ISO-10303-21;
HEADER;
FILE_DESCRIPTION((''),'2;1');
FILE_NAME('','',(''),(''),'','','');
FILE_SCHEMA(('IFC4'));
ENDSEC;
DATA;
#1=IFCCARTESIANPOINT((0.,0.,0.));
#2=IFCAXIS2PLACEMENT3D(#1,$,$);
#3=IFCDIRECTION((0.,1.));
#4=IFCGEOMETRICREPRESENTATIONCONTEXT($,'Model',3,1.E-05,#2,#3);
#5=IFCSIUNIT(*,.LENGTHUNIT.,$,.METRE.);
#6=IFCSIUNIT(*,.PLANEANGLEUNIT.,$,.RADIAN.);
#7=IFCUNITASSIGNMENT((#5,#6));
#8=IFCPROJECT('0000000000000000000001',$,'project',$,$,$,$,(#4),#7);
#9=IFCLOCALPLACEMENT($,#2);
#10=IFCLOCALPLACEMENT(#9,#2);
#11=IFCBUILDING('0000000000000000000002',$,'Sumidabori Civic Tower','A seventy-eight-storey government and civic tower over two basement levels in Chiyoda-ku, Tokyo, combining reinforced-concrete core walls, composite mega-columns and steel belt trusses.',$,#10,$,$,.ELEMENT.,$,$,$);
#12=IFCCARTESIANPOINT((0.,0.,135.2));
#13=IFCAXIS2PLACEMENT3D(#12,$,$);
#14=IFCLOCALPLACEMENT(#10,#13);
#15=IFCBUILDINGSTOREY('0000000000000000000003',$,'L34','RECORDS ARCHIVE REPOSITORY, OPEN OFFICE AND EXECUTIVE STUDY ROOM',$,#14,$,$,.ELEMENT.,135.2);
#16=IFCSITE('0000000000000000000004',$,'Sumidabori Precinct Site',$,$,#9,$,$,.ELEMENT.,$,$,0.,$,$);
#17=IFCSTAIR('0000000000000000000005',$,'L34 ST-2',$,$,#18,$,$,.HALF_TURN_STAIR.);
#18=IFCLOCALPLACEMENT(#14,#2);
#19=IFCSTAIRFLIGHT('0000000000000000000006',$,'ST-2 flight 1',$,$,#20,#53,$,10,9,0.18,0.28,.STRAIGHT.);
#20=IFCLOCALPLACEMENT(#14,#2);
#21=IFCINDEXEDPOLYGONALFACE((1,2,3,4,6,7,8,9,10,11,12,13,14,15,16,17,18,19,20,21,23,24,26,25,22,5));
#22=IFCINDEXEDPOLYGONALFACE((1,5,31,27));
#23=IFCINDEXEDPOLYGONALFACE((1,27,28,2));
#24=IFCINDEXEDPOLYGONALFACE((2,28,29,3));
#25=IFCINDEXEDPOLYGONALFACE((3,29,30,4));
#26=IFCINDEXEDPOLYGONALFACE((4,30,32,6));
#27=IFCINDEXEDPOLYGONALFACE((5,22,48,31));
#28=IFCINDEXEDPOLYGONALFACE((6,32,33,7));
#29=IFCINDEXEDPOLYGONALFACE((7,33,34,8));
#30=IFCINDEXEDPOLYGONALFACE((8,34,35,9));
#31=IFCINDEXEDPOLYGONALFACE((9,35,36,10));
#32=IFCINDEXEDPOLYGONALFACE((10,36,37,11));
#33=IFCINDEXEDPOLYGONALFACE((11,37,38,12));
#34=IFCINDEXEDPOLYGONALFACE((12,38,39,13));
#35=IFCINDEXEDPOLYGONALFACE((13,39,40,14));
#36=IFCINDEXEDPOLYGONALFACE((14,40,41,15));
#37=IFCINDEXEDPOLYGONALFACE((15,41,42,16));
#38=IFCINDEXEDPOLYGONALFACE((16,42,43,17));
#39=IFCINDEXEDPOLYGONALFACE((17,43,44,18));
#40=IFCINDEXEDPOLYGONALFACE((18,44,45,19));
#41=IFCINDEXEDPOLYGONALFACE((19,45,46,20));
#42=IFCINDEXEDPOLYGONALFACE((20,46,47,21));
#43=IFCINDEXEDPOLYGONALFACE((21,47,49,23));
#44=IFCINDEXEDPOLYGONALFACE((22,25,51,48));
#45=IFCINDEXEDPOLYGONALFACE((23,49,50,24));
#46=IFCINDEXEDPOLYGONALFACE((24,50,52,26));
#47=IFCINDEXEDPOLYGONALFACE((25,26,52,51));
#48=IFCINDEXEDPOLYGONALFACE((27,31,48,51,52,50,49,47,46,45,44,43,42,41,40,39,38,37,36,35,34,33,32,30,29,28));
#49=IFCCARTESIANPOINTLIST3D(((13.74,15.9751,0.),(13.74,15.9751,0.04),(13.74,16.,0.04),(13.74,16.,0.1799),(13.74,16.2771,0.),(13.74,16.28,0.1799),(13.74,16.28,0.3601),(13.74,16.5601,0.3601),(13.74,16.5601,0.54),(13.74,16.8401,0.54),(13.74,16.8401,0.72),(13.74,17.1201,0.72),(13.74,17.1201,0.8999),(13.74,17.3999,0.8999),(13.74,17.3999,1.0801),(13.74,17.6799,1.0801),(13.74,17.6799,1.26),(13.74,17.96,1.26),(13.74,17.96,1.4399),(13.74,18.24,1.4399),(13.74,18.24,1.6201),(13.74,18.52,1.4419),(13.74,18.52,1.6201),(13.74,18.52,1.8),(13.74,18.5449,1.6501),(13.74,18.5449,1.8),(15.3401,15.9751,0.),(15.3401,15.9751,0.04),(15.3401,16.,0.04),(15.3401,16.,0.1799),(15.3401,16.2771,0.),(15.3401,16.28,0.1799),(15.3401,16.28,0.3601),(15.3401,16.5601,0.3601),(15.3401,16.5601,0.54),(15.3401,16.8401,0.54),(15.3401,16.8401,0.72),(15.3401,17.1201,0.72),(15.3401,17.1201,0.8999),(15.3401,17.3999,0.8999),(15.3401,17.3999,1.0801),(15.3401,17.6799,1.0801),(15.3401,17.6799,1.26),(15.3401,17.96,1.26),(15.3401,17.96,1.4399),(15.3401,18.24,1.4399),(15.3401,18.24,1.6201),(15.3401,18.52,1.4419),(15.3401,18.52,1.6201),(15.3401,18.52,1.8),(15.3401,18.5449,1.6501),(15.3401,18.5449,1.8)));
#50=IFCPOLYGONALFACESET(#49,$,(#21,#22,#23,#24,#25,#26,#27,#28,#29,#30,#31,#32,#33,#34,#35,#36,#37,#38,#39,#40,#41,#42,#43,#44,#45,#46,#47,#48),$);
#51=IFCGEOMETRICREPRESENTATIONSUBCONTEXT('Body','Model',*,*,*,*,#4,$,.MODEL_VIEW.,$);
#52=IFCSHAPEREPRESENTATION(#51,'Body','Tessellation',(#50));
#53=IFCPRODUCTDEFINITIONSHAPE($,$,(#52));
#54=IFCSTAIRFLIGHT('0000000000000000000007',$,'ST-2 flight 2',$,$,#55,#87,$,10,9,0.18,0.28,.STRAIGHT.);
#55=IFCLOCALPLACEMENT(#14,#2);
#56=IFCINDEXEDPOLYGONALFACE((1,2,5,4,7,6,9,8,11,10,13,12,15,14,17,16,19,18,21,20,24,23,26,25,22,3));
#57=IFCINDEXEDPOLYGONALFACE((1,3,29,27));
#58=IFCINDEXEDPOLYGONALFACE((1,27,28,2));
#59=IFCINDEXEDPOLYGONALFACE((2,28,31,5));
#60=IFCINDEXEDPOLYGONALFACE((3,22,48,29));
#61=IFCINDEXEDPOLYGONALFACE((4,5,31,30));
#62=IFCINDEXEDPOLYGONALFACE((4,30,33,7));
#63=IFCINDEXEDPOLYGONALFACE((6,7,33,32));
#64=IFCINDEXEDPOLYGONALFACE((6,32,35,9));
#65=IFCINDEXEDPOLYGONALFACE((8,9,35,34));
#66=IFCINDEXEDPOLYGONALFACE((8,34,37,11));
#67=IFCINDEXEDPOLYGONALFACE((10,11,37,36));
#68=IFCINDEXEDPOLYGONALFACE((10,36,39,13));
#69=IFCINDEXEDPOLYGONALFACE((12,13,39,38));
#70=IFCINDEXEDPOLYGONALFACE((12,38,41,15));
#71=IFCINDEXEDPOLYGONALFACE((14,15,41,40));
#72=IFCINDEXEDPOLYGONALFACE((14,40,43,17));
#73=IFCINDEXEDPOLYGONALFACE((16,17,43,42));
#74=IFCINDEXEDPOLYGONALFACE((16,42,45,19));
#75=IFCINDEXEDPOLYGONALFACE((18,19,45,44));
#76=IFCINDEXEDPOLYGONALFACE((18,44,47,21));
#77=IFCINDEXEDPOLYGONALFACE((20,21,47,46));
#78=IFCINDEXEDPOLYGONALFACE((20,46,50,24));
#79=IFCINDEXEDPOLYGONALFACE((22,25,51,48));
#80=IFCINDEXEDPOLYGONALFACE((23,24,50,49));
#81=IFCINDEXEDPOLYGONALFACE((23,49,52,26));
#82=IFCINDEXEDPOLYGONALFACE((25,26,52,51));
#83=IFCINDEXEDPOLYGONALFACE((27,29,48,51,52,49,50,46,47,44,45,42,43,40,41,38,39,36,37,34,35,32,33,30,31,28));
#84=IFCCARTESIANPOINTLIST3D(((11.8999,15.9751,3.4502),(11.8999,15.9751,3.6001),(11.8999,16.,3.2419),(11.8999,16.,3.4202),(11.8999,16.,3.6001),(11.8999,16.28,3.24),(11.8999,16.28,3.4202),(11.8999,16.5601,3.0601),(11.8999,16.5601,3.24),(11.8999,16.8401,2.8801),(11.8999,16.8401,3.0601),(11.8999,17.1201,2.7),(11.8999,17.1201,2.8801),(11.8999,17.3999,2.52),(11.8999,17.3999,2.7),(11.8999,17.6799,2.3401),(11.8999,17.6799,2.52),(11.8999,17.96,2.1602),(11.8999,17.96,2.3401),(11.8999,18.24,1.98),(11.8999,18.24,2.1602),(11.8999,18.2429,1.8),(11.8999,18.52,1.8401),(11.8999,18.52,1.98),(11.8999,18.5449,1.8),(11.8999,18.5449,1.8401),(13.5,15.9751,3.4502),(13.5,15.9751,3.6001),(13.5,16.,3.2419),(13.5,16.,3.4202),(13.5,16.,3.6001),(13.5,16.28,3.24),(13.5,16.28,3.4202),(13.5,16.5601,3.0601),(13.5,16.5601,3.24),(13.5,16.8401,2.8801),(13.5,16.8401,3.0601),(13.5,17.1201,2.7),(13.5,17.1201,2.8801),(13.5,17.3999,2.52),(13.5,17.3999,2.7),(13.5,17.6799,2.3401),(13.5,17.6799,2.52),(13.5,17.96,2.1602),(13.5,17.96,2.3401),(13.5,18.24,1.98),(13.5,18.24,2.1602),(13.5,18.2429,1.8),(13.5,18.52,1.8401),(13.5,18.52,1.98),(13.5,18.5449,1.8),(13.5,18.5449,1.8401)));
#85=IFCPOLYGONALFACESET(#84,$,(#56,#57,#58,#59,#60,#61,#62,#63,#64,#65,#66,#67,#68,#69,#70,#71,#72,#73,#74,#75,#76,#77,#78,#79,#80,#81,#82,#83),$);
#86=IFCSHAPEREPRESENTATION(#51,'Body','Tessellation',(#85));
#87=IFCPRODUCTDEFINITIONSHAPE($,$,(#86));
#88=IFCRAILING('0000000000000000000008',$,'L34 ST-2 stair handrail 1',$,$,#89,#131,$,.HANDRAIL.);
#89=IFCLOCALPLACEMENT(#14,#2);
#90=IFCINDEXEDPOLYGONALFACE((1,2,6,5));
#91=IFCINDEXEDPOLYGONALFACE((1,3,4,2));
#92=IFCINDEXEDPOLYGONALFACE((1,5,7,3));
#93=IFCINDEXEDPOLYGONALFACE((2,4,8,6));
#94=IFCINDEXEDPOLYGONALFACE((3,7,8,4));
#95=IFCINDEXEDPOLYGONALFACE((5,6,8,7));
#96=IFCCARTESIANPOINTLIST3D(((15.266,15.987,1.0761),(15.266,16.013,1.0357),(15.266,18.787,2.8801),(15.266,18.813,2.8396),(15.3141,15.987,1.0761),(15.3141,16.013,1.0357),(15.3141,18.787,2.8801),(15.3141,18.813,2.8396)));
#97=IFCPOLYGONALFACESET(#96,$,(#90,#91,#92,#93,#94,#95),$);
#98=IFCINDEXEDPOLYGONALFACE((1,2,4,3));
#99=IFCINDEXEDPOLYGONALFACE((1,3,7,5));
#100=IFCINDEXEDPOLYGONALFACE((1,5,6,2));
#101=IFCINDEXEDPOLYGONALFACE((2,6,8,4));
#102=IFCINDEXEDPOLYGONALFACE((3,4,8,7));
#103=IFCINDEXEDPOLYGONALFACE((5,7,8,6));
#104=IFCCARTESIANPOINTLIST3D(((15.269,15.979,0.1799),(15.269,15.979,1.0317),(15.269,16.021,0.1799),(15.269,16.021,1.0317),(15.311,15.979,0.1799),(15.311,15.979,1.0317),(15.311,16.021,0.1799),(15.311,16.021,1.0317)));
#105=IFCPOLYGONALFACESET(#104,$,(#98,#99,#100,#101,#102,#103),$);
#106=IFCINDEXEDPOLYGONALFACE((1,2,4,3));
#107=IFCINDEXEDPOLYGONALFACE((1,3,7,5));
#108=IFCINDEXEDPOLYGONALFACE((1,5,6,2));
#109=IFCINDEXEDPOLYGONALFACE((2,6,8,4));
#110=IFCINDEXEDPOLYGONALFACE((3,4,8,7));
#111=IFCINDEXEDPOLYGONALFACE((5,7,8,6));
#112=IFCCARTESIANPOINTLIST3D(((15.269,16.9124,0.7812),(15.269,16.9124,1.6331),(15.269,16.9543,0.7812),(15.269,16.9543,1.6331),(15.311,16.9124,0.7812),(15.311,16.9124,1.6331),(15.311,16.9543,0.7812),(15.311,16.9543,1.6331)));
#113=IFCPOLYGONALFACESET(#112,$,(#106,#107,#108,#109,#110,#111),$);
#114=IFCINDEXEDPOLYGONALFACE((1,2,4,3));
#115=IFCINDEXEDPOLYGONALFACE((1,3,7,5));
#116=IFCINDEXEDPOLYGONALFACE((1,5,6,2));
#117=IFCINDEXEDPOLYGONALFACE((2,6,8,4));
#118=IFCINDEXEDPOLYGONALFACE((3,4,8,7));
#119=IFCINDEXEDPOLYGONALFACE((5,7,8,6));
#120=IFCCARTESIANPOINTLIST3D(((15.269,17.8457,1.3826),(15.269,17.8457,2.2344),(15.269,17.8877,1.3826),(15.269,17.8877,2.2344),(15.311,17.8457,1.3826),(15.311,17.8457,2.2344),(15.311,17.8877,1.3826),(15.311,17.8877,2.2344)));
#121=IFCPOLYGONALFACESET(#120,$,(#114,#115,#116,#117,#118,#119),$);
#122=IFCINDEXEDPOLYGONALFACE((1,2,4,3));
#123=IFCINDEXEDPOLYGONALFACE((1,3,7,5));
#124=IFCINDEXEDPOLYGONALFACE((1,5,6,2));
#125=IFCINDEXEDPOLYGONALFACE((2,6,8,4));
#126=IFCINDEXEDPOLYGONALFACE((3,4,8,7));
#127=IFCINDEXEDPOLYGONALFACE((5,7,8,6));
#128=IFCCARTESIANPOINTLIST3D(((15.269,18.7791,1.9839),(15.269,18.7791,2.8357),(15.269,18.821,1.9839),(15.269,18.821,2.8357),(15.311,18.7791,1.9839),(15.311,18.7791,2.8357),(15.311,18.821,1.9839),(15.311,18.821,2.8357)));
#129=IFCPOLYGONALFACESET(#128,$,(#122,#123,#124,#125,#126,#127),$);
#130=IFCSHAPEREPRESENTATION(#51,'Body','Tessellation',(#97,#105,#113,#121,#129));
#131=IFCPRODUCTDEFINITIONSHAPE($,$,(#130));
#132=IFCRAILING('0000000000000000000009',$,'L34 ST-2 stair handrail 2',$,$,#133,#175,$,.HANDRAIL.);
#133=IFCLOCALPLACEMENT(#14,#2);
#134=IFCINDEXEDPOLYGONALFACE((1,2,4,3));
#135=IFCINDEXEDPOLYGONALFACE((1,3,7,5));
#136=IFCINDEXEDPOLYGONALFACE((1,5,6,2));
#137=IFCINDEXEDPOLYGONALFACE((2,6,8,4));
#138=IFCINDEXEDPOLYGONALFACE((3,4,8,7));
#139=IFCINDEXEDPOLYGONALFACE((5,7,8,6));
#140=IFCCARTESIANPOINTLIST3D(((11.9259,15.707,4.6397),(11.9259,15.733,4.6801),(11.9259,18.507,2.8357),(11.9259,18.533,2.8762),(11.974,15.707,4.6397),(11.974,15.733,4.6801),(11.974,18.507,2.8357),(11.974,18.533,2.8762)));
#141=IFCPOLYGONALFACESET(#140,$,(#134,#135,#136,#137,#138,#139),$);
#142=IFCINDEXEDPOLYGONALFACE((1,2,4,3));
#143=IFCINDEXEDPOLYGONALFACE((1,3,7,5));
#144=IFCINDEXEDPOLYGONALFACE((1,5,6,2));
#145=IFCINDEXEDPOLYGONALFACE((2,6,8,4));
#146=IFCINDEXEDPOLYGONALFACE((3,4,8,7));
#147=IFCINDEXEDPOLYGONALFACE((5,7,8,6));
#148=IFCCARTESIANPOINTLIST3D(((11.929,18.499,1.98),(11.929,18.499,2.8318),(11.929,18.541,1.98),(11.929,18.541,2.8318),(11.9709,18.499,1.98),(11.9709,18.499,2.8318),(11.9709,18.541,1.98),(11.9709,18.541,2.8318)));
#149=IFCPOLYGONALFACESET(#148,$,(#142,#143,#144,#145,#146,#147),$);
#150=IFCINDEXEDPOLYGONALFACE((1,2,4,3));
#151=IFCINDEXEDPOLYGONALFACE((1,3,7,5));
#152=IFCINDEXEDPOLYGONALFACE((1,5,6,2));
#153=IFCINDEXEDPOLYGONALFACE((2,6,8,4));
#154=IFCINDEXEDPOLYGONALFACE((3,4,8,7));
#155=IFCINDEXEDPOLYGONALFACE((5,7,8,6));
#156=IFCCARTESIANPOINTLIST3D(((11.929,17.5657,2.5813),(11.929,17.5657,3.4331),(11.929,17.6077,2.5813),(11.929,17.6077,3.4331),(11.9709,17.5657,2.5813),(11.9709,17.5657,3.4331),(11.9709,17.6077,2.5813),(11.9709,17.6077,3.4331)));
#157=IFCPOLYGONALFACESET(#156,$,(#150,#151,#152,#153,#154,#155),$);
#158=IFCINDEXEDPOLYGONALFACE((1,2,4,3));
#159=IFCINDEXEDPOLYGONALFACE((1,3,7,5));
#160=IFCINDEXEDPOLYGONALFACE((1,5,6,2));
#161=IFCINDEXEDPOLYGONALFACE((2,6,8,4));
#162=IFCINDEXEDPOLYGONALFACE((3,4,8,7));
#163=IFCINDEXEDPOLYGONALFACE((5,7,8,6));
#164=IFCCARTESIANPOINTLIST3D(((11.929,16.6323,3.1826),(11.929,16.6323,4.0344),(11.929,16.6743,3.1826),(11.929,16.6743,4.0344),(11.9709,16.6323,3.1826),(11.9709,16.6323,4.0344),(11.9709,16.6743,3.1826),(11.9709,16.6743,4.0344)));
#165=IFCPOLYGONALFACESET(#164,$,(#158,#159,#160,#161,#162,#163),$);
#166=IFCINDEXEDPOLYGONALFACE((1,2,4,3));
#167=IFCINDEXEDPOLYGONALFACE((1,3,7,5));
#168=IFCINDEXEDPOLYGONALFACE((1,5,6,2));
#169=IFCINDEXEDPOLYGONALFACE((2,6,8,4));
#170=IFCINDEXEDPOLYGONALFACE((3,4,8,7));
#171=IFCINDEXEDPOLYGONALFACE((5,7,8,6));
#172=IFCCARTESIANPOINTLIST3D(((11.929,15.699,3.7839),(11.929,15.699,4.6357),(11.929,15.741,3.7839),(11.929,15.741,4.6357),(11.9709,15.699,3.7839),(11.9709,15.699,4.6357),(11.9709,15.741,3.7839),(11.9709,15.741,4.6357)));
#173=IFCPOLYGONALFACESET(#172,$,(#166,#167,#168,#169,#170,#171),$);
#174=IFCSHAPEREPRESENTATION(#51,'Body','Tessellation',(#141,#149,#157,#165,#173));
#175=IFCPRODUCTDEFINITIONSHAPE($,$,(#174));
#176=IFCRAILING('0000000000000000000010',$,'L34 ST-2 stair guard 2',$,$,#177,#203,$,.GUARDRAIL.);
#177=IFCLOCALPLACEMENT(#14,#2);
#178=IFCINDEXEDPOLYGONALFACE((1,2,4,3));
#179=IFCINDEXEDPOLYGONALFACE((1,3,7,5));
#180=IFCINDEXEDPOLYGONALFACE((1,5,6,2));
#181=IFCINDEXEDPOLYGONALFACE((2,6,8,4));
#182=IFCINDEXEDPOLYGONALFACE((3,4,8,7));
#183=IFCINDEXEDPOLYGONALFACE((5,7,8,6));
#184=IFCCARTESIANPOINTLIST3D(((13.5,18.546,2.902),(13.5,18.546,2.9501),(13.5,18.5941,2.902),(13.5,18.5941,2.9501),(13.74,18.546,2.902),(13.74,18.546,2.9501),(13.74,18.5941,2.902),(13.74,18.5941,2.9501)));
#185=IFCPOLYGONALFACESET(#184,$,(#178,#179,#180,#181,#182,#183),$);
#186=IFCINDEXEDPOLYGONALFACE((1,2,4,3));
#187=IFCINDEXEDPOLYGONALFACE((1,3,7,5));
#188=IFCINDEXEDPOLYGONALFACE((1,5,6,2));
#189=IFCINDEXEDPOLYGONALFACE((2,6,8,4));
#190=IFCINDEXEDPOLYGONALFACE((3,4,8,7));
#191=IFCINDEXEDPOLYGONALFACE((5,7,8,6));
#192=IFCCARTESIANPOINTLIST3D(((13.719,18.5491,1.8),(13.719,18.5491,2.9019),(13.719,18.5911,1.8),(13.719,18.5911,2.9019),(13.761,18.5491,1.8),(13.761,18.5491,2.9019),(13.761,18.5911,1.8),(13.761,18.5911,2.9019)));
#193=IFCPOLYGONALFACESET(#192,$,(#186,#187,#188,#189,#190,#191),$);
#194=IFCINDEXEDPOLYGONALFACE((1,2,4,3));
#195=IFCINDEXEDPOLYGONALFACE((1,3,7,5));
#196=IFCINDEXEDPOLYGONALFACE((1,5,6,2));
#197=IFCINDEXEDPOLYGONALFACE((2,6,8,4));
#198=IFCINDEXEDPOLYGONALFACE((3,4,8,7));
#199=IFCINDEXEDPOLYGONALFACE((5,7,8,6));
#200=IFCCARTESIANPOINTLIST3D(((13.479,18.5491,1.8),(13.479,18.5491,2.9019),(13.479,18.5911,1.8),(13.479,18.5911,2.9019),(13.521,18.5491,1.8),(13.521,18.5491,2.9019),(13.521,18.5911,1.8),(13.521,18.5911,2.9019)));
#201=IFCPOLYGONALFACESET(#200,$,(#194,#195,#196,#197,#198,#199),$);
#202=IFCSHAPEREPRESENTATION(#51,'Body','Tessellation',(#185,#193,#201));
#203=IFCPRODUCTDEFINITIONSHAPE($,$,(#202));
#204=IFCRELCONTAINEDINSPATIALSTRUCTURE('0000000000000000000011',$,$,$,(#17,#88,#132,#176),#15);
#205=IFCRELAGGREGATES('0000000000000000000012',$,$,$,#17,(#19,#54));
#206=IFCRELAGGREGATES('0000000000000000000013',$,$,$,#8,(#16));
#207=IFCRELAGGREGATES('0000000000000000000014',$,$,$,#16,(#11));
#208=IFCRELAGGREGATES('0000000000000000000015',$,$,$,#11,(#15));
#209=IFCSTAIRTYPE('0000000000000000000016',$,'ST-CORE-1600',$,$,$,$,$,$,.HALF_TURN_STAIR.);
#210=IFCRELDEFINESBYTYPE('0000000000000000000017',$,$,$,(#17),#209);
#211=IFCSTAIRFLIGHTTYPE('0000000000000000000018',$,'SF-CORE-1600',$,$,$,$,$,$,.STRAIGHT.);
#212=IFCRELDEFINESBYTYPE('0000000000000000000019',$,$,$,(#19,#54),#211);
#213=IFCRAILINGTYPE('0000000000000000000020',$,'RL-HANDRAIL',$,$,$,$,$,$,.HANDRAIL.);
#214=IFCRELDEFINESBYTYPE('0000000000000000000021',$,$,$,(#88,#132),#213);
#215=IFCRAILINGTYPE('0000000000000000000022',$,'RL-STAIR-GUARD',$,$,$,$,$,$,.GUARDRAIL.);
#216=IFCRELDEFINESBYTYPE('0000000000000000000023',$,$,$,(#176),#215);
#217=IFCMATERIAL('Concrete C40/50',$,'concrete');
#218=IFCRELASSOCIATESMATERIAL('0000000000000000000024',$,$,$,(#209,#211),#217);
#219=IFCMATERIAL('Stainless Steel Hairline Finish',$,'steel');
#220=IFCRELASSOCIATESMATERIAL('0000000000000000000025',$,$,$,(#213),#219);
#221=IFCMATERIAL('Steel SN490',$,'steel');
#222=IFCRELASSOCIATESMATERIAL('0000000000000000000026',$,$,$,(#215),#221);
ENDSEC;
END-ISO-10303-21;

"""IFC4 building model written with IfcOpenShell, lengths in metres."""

from ifc_helpers import new_model, si_unit, direction, frame, origin, origin_2d, place, context, subcontext, project, spatial, polyline, rectangle, outline, extrude, source, transform, mapped, material, type_object, element, aggregate, save


model = new_model("IFC4")

# Units and contexts
model_context = context("Model", 3, precision=1e-05, world=origin(), true_north=direction((0.0, 1.0)))
body_context = subcontext(model_context, "Body", "Model", "MODEL_VIEW")
ifc_project = project(units=[si_unit("LENGTHUNIT", "METRE"), si_unit("PLANEANGLEUNIT", "RADIAN")], contexts=[model_context])

# Site, building, storey
site_placement = place(None, origin())
site = spatial("IfcSite", under=ifc_project, at=site_placement, Name="Sumidabori Precinct Site", CompositionType="ELEMENT", RefElevation=0.0)
building_placement = place(site_placement, origin())
building = spatial("IfcBuilding", under=site, at=building_placement, Name="Sumidabori Civic Tower", Description="A seventy-eight-storey government and civic tower over two basement levels in Chiyoda-ku, Tokyo, combining reinforced-concrete core walls, composite mega-columns and steel belt trusses.", CompositionType="ELEMENT")
storey_placement = place(building_placement, frame((0.0, 0.0, 135.2)))
storey = spatial("IfcBuildingStorey", under=building, at=storey_placement, Name="L34", Description="RECORDS ARCHIVE REPOSITORY, OPEN OFFICE AND EXECUTIVE STUDY ROOM", CompositionType="ELEMENT", Elevation=135.2)

# Shared definitions
ifc_material_1 = material(Name="Steel SN490", Category="steel")

# Stair, stair flights
ifc_material_2 = material(Name="Concrete C40/50", Category="concrete")
stair_type = type_object("IfcStairType", Name="ST-CORE-1600", PredefinedType="HALF_TURN_STAIR", material=ifc_material_2)
stair_placement = place(storey_placement, origin())
stair = element("IfcStair", 1, at=stair_placement, inside=storey, type_object=stair_type, Name="L34 ST-2", PredefinedType="HALF_TURN_STAIR")
stair_flight_type = type_object("IfcStairFlightType", Name="SF-CORE-1600", PredefinedType="STRAIGHT", material=ifc_material_2)
shared_shape_1 = source(origin(), body_context, "Body", "SweptSolid", [
    extrude(outline(polyline([(-0.0249, 0.0), (-0.0249, 0.04), (0.0, 0.04), (0.0, 0.1799), (0.28, 0.1799), (0.28, 0.3601), (0.5601, 0.3601), (0.5601, 0.54), (0.8401, 0.54), (0.8401, 0.72), (1.1201, 0.72), (1.1201, 0.8999), (1.3999, 0.8999), (1.3999, 1.0801), (1.6799, 1.0801), (1.6799, 1.26), (1.96, 1.26), (1.96, 1.4399), (2.24, 1.4399), (2.24, 1.6201), (2.52, 1.6201), (2.52, 1.8), (2.5449, 1.8), (2.5449, 1.6501), (2.52, 1.4419), (0.2771, 0.0), (-0.0249, 0.0)])), frame((0.0, 0.8, 0.0), z_axis=(0.0, -1.0, 0.0), x_axis=(1.0, 0.0, 0.0)), (0.0, 0.0, 1.0), 1.6001),
])
stair_flight_1_placement = place(storey_placement, frame((14.54, 16.0, 0.0), z_axis=(0.0, 0.0, 1.0), x_axis=(0.0, 1.0, 0.0)))
stair_flight_1 = element("IfcStairFlight", 2, at=stair_flight_1_placement, type_object=stair_flight_type, Name="ST-2 flight 1", NumberOfRisers=10, NumberOfTreads=9, PredefinedType="STRAIGHT", RiserHeight=0.18, TreadLength=0.28, context=body_context, shape_type="MappedRepresentation", body=[
    mapped(shared_shape_1, transform((0.0, 0.0, 0.0), x_axis=(1.0, 0.0, 0.0), y_axis=(0.0, 1.0, 0.0), z_axis=(0.0, 0.0, 1.0), scale=1.0)),
])
stair_flight_2_placement = place(storey_placement, frame((12.7, 18.52, 1.8), z_axis=(0.0, 0.0, 1.0), x_axis=(0.0, -1.0, 0.0)))
stair_flight_2 = element("IfcStairFlight", 3, at=stair_flight_2_placement, type_object=stair_flight_type, Name="ST-2 flight 2", NumberOfRisers=10, NumberOfTreads=9, PredefinedType="STRAIGHT", RiserHeight=0.18, TreadLength=0.28, context=body_context, shape_type="MappedRepresentation", body=[
    mapped(shared_shape_1, transform((0.0, 0.0, 0.0), x_axis=(1.0, 0.0, 0.0), y_axis=(0.0, 1.0, 0.0), z_axis=(0.0, 0.0, 1.0), scale=1.0)),
])
aggregate(stair, [stair_flight_1, stair_flight_2])

# Railings
ifc_material_3 = material(Name="Stainless Steel Hairline Finish", Category="steel")
railing_type_1 = type_object("IfcRailingType", Name="RL-HANDRAIL", PredefinedType="HANDRAIL", material=ifc_material_3)
railing_1_placement = place(storey_placement, frame((15.29, 16.0, 0.1799)))
element("IfcRailing", 4, at=railing_1_placement, inside=storey, type_object=railing_type_1, Name="L34 ST-2 stair handrail 1", PredefinedType="HANDRAIL", context=body_context, shape_type="SweptSolid", body=[
    extrude(rectangle(XDim=0.0481, YDim=0.0481, at=origin_2d()), frame((0.0, 0.0, 0.876), z_axis=(0.0, 0.840642, 0.541591), x_axis=(-1.0, 0.0, 0.0)), (0.0, 0.0, 1.0), 3.3308),
    extrude(rectangle(XDim=0.042, YDim=0.042, at=origin_2d()), origin(), (0.0, 0.0, 1.0), 0.8518),
    extrude(rectangle(XDim=0.042, YDim=0.042, at=origin_2d()), frame((0.0, 0.9333, 0.6013)), (0.0, 0.0, 1.0), 0.8518),
    extrude(rectangle(XDim=0.042, YDim=0.042, at=origin_2d()), frame((0.0, 1.8667, 1.2026)), (0.0, 0.0, 1.0), 0.8518),
    extrude(rectangle(XDim=0.042, YDim=0.042, at=origin_2d()), frame((0.0, 2.8, 1.804)), (0.0, 0.0, 1.0), 0.8518),
])
railing_2_placement = place(storey_placement, frame((11.95, 18.52, 1.98)))
element("IfcRailing", 5, at=railing_2_placement, inside=storey, type_object=railing_type_1, Name="L34 ST-2 stair handrail 2", PredefinedType="HANDRAIL", context=body_context, shape_type="SweptSolid", body=[
    extrude(rectangle(XDim=0.0481, YDim=0.0481, at=origin_2d()), frame((0.0, 0.0, 0.876), z_axis=(0.0, -0.840642, 0.541591), x_axis=(1.0, 0.0, 0.0)), (0.0, 0.0, 1.0), 3.3308),
    extrude(rectangle(XDim=0.042, YDim=0.042, at=origin_2d()), origin(), (0.0, 0.0, 1.0), 0.8518),
    extrude(rectangle(XDim=0.042, YDim=0.042, at=origin_2d()), frame((0.0, -0.9333, 0.6013)), (0.0, 0.0, 1.0), 0.8518),
    extrude(rectangle(XDim=0.042, YDim=0.042, at=origin_2d()), frame((0.0, -1.8667, 1.2026)), (0.0, 0.0, 1.0), 0.8518),
    extrude(rectangle(XDim=0.042, YDim=0.042, at=origin_2d()), frame((0.0, -2.8, 1.804)), (0.0, 0.0, 1.0), 0.8518),
])
railing_type_2 = type_object("IfcRailingType", Name="RL-STAIR-GUARD", PredefinedType="GUARDRAIL", material=ifc_material_1)
railing_3_placement = place(storey_placement, frame((13.74, 18.5701, 1.8)))
element("IfcRailing", 6, at=railing_3_placement, inside=storey, type_object=railing_type_2, Name="L34 ST-2 stair guard 2", PredefinedType="GUARDRAIL", context=body_context, shape_type="SweptSolid", body=[
    extrude(rectangle(XDim=0.0481, YDim=0.0481, at=origin_2d()), frame((0.0, 0.0, 1.126), z_axis=(-1.0, 0.0, 0.0), x_axis=(0.0, -1.0, 0.0)), (0.0, 0.0, 1.0), 0.24),
    extrude(rectangle(XDim=0.042, YDim=0.042, at=origin_2d()), origin(), (0.0, 0.0, 1.0), 1.1018),
    extrude(rectangle(XDim=0.042, YDim=0.042, at=origin_2d()), frame((-0.24, 0.0, 0.0)), (0.0, 0.0, 1.0), 1.1018),
])

save(model, "model.ifc")
